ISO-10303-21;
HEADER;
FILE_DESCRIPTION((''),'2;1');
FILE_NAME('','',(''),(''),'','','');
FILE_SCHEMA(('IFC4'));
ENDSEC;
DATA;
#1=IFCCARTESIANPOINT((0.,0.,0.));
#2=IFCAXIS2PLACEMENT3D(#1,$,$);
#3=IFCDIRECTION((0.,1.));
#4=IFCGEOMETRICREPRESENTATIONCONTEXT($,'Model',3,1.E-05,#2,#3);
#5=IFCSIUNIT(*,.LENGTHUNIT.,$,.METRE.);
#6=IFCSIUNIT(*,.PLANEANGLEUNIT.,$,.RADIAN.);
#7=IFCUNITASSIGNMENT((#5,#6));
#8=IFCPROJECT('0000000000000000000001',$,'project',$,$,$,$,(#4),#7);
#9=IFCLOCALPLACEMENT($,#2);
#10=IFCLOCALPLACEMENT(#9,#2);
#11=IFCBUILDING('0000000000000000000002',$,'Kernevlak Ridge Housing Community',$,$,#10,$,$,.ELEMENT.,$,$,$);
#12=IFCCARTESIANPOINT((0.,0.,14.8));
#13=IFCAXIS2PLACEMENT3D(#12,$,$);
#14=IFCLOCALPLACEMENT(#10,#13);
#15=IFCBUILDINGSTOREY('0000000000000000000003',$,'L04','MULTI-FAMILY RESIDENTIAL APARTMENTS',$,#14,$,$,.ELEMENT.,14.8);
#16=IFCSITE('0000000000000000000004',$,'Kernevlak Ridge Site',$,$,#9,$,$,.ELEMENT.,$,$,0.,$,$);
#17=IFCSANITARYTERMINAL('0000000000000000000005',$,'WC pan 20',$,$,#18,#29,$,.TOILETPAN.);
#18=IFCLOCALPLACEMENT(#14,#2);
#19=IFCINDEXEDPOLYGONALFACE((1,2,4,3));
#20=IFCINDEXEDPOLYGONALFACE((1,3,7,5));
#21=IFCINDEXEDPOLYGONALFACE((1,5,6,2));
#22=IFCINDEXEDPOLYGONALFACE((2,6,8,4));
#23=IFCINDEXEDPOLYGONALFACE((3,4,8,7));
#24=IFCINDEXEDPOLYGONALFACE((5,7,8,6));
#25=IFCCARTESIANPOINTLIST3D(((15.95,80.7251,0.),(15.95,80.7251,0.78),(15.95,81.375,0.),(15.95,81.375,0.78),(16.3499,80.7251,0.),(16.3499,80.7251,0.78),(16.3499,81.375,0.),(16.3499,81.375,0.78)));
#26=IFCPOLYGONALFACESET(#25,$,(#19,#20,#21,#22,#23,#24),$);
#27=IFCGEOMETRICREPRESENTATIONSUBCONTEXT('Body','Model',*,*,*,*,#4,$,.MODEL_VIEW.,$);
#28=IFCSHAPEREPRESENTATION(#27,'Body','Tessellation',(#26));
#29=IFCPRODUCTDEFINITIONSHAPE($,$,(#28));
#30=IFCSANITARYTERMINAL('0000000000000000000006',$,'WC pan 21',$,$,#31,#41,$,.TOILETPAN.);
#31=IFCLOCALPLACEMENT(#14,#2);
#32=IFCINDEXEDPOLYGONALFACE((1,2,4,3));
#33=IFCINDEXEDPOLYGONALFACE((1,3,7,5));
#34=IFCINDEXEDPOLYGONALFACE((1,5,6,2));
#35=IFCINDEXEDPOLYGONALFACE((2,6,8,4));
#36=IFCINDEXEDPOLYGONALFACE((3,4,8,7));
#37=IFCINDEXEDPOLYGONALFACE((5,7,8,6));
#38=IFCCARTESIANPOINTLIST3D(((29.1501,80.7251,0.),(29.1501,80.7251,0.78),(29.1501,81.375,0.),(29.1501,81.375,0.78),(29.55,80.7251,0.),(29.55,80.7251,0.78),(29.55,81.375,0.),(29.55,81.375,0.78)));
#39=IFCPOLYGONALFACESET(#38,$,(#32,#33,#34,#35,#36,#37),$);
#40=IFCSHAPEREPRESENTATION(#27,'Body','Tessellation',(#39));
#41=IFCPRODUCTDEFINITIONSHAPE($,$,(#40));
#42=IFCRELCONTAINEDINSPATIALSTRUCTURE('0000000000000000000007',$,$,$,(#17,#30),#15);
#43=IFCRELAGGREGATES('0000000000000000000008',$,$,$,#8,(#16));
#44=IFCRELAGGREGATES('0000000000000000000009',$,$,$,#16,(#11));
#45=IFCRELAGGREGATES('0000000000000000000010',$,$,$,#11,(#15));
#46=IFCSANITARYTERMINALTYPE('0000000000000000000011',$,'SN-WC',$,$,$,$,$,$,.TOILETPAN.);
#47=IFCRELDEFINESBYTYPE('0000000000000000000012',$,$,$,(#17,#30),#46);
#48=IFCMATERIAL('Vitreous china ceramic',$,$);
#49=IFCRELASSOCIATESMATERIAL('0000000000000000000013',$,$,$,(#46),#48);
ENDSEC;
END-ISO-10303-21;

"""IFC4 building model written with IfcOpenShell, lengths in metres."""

from ifc_helpers import new_model, si_unit, direction, frame, origin, origin_2d, place, context, subcontext, project, spatial, rectangle, extrude, material, type_object, element, save


model = new_model("IFC4")

# Units and contexts
model_context = context("Model", 3, precision=1e-05, world=origin(), true_north=direction((0.0, 1.0)))
body_context = subcontext(model_context, "Body", "Model", "MODEL_VIEW")
ifc_project = project(units=[si_unit("LENGTHUNIT", "METRE"), si_unit("PLANEANGLEUNIT", "RADIAN")], contexts=[model_context])

# Site, building, storey
site_placement = place(None, origin())
site = spatial("IfcSite", under=ifc_project, at=site_placement, Name="Kernevlak Ridge Site", CompositionType="ELEMENT", RefElevation=0.0)
building_placement = place(site_placement, origin())
building = spatial("IfcBuilding", under=site, at=building_placement, Name="Kernevlak Ridge Housing Community", CompositionType="ELEMENT")
storey_placement = place(building_placement, frame((0.0, 0.0, 14.8)))
storey = spatial("IfcBuildingStorey", under=building, at=storey_placement, Name="L04", Description="MULTI-FAMILY RESIDENTIAL APARTMENTS", CompositionType="ELEMENT", Elevation=14.8)

# Sanitary terminals
ifc_material_1 = material(Name="Vitreous china ceramic")
sanitary_terminal_type_1 = type_object("IfcSanitaryTerminalType", Name="SN-WC", PredefinedType="TOILETPAN", material=ifc_material_1)
for number, where, z_axis, x_axis, name in (
    (1, (16.1499, 81.05, 0.0), (0.0, 0.0, 1.0), (1.0, 0.0, 0.0), "WC pan 20"),
    (2, (29.3501, 81.05, 0.0), (0.0, 0.0, 1.0), (1.0, 0.0, 0.0), "WC pan 21"),
):
    element("IfcSanitaryTerminal", number, at=place(storey_placement, frame(where, z_axis=z_axis, x_axis=x_axis)), inside=storey, type_object=sanitary_terminal_type_1, Name=name, PredefinedType="TOILETPAN", context=body_context, shape_type="SweptSolid", body=[
        extrude(rectangle(XDim=0.3999, YDim=0.6499, at=origin_2d()), origin(), (0.0, 0.0, 1.0), 0.78),
    ])

save(model, "model.ifc")
